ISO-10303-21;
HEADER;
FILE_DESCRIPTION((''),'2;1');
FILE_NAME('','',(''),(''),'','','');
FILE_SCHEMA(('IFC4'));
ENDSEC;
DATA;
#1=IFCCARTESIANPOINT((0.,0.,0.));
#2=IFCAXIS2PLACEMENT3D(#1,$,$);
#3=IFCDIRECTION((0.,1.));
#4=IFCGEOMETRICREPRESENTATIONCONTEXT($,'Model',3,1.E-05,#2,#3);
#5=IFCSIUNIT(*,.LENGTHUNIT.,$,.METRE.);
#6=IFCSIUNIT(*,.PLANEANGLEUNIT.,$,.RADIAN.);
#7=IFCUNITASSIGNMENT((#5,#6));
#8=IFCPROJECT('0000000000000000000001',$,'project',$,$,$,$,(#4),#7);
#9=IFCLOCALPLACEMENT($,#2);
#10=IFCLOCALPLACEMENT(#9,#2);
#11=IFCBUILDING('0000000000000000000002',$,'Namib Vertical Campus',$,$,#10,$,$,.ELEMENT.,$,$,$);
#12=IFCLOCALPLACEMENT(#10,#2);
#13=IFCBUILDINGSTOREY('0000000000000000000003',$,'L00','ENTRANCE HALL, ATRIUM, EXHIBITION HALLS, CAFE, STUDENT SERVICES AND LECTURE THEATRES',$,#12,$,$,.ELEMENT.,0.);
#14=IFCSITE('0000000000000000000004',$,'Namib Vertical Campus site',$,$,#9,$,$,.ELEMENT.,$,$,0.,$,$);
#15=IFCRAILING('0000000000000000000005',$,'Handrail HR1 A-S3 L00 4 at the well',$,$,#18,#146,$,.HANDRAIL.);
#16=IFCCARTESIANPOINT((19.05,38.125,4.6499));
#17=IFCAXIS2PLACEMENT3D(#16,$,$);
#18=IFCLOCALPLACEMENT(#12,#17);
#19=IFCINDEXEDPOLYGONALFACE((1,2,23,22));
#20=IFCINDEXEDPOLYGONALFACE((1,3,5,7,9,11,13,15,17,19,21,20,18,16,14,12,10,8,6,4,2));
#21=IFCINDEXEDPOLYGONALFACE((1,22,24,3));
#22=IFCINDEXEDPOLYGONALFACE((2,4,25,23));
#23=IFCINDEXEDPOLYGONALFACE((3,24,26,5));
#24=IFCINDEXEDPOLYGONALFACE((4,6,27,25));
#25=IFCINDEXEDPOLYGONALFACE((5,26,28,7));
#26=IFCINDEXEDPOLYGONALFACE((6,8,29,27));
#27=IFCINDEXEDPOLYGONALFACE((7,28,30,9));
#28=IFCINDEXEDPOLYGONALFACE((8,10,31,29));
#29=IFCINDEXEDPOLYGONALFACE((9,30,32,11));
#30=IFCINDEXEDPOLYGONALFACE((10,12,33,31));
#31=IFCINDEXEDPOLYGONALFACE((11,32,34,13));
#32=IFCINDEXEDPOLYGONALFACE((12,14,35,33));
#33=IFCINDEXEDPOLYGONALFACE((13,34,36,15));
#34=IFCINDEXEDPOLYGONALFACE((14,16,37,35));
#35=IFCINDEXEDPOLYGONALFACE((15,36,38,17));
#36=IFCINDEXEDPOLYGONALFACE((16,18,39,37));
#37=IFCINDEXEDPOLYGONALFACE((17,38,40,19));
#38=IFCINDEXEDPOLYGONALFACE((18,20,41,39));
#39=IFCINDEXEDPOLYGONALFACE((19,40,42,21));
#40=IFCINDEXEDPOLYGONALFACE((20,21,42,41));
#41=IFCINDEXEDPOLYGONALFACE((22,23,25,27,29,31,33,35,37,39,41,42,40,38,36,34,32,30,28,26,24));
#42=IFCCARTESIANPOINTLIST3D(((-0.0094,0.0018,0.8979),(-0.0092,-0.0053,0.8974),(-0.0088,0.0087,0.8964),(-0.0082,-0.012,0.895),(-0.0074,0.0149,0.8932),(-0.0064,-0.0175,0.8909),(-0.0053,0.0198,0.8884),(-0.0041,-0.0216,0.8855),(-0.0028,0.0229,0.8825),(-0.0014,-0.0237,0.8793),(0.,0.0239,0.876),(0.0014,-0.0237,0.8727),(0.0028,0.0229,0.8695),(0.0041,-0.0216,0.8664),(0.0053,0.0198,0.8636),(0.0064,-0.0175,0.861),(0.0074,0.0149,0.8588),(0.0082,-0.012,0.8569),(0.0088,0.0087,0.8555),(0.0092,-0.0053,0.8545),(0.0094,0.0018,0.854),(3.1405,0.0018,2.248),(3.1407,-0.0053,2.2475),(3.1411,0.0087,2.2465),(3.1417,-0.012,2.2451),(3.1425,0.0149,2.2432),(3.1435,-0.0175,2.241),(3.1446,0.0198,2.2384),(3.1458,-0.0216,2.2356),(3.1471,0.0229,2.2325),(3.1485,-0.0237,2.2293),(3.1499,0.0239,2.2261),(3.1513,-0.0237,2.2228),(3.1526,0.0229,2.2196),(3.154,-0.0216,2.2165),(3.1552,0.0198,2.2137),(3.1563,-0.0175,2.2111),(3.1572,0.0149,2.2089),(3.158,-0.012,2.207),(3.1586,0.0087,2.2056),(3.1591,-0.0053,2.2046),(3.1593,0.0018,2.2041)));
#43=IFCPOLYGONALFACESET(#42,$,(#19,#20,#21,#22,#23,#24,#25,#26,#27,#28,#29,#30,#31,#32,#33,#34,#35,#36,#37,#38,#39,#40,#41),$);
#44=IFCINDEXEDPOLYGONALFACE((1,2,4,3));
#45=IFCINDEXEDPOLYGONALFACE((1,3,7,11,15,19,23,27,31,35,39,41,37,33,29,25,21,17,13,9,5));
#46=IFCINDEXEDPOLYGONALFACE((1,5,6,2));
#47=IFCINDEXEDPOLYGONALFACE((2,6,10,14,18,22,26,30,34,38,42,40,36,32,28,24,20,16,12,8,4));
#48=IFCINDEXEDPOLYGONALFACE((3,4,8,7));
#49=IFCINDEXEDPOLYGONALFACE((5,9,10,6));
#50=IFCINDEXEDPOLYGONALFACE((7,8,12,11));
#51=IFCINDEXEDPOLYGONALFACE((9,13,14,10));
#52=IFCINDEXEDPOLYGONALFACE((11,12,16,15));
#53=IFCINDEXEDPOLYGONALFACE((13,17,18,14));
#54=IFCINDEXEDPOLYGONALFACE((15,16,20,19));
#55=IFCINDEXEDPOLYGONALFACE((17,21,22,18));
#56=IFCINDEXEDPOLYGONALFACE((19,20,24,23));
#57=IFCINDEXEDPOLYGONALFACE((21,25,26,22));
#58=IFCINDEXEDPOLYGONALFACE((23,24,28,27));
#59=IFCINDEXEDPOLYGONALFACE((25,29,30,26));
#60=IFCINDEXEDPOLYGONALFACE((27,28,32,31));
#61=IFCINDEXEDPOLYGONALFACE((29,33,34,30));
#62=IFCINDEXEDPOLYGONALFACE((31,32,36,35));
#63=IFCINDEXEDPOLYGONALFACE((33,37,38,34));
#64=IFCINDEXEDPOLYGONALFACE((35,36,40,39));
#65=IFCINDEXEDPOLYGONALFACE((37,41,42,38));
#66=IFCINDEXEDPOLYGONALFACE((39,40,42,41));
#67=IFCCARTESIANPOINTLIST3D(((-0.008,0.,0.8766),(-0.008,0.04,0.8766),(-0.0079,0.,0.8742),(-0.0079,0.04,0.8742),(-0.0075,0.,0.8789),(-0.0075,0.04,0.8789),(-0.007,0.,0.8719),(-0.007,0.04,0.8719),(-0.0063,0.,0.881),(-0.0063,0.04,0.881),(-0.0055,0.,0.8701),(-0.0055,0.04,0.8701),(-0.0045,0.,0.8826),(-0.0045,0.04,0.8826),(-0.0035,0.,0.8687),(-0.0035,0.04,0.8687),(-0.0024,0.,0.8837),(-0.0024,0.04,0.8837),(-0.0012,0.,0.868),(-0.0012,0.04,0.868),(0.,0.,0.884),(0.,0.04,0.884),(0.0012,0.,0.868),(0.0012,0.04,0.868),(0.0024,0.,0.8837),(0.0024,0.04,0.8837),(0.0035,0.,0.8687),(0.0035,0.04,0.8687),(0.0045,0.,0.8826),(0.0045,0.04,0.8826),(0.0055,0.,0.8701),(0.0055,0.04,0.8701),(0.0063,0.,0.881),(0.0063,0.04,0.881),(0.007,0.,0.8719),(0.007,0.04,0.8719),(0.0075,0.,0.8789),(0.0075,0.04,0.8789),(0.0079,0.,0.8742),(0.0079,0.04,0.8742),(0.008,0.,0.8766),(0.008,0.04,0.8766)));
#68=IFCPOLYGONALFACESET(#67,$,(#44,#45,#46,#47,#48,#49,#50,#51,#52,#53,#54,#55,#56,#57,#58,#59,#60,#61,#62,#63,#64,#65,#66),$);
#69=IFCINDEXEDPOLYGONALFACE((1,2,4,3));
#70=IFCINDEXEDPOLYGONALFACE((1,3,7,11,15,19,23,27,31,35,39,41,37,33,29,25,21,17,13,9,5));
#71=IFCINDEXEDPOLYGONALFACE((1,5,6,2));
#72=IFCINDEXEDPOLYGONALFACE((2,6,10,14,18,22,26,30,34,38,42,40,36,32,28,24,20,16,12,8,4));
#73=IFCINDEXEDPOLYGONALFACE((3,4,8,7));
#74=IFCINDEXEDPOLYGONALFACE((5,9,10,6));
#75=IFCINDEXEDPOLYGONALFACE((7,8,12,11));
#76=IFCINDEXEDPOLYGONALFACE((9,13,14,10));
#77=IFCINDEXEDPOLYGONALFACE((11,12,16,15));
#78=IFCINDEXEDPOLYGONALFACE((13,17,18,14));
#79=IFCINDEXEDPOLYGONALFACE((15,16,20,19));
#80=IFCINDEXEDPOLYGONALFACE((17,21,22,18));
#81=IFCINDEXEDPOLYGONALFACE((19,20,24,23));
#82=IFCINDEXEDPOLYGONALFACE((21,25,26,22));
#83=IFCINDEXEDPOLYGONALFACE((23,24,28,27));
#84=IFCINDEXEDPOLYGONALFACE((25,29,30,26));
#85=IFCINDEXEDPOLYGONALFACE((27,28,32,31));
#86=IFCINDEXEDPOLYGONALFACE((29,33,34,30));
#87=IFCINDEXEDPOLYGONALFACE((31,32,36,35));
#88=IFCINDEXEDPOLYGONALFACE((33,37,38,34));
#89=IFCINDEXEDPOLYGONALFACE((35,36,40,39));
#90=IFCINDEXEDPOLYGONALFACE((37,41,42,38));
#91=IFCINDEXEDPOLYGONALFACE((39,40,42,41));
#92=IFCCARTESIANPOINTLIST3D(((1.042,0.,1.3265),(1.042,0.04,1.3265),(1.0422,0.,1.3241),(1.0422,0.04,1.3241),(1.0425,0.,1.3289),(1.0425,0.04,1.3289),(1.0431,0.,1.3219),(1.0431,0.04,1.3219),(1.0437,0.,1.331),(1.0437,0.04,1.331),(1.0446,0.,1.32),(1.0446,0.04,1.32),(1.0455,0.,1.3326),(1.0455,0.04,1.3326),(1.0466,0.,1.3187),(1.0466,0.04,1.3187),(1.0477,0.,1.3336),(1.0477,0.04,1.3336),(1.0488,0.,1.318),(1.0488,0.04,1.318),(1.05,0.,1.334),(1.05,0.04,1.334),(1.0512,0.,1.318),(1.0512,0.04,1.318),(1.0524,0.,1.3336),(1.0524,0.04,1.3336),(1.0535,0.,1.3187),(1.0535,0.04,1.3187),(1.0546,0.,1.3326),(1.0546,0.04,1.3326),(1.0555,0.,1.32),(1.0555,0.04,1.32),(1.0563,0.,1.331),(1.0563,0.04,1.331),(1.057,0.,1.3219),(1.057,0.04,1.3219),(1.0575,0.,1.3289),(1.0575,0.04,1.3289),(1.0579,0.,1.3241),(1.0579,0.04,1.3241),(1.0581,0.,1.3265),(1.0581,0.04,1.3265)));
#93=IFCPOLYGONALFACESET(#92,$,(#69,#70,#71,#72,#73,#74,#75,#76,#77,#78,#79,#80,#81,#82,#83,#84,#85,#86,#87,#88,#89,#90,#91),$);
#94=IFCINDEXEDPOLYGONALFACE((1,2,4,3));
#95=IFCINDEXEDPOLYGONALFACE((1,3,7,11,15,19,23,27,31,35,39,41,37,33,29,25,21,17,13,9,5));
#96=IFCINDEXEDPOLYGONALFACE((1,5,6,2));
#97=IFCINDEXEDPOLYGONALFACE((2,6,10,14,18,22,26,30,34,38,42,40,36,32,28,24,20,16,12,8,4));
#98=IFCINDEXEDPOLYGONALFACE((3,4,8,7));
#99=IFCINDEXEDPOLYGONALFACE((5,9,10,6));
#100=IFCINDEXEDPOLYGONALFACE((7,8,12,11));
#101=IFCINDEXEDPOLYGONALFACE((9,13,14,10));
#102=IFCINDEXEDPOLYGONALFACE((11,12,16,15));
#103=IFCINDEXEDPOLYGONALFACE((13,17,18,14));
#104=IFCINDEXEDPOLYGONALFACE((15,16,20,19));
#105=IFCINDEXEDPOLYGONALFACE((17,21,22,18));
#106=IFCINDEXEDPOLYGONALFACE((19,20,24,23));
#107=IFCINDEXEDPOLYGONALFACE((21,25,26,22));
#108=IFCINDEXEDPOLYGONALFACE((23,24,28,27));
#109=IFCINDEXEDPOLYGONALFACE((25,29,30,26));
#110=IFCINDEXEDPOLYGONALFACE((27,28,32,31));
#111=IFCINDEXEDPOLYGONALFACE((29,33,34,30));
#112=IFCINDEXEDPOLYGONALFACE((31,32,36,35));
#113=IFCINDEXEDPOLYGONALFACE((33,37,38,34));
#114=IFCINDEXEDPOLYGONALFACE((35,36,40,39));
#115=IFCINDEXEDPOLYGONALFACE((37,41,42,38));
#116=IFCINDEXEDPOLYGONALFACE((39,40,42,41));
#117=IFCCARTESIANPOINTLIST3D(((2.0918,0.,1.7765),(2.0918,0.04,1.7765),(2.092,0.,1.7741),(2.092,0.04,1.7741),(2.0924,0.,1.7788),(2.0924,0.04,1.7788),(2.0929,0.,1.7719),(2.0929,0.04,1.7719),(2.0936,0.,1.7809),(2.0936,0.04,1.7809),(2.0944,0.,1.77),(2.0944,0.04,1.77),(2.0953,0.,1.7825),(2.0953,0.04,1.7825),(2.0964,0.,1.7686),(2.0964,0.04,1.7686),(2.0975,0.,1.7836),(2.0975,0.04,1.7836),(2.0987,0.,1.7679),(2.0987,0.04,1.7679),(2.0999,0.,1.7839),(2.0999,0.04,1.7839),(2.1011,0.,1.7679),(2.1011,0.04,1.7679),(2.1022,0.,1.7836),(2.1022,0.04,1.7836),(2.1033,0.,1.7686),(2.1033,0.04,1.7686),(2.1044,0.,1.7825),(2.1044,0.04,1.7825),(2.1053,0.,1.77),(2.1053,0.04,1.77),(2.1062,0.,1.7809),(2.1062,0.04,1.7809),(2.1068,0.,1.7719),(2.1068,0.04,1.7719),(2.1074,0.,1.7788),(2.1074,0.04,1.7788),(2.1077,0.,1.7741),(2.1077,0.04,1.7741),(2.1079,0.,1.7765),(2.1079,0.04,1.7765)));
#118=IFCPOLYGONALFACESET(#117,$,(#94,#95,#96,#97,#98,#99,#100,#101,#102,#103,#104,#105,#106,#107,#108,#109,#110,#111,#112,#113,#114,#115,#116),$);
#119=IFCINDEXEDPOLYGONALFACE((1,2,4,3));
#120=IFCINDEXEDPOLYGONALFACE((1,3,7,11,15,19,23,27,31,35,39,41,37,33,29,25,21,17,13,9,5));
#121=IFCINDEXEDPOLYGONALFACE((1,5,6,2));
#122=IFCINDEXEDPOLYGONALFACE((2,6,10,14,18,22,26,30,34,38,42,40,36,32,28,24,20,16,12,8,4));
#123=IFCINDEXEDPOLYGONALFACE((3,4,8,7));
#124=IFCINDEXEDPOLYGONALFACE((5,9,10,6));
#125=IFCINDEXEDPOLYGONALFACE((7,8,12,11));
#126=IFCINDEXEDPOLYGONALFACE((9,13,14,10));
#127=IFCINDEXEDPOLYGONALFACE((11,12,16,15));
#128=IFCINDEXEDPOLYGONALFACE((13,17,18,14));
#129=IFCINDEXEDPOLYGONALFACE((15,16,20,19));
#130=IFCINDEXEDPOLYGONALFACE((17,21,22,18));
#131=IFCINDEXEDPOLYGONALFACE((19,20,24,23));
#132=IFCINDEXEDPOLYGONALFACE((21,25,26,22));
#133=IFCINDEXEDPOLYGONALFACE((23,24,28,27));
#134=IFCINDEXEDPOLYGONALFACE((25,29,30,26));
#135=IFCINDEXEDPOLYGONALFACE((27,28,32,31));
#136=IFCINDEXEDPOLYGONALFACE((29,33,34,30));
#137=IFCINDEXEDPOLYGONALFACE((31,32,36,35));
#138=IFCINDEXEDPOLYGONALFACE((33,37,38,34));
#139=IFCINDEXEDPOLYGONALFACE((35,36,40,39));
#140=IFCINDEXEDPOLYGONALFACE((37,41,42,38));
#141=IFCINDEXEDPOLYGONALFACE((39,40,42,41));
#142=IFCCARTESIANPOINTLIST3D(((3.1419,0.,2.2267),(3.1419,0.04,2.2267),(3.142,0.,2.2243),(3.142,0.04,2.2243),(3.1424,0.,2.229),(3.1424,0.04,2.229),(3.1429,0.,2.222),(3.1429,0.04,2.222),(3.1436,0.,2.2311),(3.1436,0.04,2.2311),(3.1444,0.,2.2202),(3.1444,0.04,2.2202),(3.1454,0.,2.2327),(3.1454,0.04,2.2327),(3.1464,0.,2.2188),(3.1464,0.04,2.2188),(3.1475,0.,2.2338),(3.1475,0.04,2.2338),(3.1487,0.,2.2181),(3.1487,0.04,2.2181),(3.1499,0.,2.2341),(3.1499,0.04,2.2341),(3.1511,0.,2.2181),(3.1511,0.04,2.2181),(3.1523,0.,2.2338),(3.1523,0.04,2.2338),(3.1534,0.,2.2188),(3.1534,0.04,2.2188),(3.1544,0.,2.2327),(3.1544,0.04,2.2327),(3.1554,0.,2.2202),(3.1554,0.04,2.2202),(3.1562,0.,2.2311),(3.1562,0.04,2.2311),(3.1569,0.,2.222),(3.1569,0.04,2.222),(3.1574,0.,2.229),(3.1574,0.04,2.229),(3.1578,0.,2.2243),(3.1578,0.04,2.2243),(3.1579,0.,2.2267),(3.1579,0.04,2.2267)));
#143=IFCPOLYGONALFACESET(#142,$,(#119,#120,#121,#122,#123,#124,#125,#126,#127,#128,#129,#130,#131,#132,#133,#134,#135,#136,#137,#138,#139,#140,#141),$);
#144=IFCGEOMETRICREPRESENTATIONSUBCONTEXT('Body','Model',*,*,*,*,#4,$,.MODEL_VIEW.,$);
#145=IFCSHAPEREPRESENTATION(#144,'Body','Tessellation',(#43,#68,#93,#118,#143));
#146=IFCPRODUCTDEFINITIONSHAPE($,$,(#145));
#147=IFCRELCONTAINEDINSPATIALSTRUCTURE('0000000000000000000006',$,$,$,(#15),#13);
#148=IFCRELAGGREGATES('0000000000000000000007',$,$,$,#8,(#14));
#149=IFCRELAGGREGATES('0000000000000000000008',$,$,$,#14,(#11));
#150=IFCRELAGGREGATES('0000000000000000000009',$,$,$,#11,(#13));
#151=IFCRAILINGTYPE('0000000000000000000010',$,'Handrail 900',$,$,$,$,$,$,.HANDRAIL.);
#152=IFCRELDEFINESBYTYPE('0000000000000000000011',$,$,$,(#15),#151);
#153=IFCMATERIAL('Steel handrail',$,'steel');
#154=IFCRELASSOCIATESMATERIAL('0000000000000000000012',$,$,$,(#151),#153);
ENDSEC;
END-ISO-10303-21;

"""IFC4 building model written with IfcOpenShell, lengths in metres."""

from ifc_helpers import new_model, si_unit, direction, frame, origin, origin_2d, place, context, subcontext, project, spatial, circle, extrude, material, type_object, element, save


model = new_model("IFC4")

# Units and contexts
model_context = context("Model", 3, precision=1e-05, world=origin(), true_north=direction((0.0, 1.0)))
body_context = subcontext(model_context, "Body", "Model", "MODEL_VIEW")
ifc_project = project(units=[si_unit("LENGTHUNIT", "METRE"), si_unit("PLANEANGLEUNIT", "RADIAN")], contexts=[model_context])

# Site, building, storey
site_placement = place(None, origin())
site = spatial("IfcSite", under=ifc_project, at=site_placement, Name="Namib Vertical Campus site", CompositionType="ELEMENT", RefElevation=0.0)
building_placement = place(site_placement, origin())
building = spatial("IfcBuilding", under=site, at=building_placement, Name="Namib Vertical Campus", CompositionType="ELEMENT")
storey_placement = place(building_placement, origin())
storey = spatial("IfcBuildingStorey", under=building, at=storey_placement, Name="L00", Description="ENTRANCE HALL, ATRIUM, EXHIBITION HALLS, CAFE, STUDENT SERVICES AND LECTURE THEATRES", CompositionType="ELEMENT", Elevation=0.0)

# Railing
ifc_material_1 = material(Name="Steel handrail", Category="steel")
railing_type = type_object("IfcRailingType", Name="Handrail 900", PredefinedType="HANDRAIL", material=ifc_material_1)
for number, where, name in (
    (1, (19.05, 38.125, 4.6499), "Handrail HR1 A-S3 L00 4 at the well"),
):
    element("IfcRailing", number, at=place(storey_placement, frame(where)), inside=storey, type_object=railing_type, Name=name, PredefinedType="HANDRAIL", context=body_context, shape_type="SweptSolid", body=[
        extrude(circle(Radius=0.0239, at=origin_2d()), frame((0.0, 0.0, 0.876), z_axis=(0.91913, 0.0, 0.393954), x_axis=(0.0, 1.0, 0.0)), (0.0, 0.0, 1.0), 3.427),
        extrude(circle(Radius=0.0081, at=origin_2d()), frame((0.0, 0.0, 0.876), z_axis=(0.0, 1.0, 0.0), x_axis=(0.0, 0.0, 1.0)), (0.0, 0.0, 1.0), 0.04),
        extrude(circle(Radius=0.0081, at=origin_2d()), frame((1.05, 0.0, 1.3259), z_axis=(0.0, 1.0, 0.0), x_axis=(0.0, 0.0, 1.0)), (0.0, 0.0, 1.0), 0.04),
        extrude(circle(Radius=0.0081, at=origin_2d()), frame((2.0999, 0.0, 1.7759), z_axis=(0.0, 1.0, 0.0), x_axis=(0.0, 0.0, 1.0)), (0.0, 0.0, 1.0), 0.04),
        extrude(circle(Radius=0.0081, at=origin_2d()), frame((3.1499, 0.0, 2.2261), z_axis=(0.0, 1.0, 0.0), x_axis=(0.0, 0.0, 1.0)), (0.0, 0.0, 1.0), 0.04),
    ])

save(model, "model.ifc")
